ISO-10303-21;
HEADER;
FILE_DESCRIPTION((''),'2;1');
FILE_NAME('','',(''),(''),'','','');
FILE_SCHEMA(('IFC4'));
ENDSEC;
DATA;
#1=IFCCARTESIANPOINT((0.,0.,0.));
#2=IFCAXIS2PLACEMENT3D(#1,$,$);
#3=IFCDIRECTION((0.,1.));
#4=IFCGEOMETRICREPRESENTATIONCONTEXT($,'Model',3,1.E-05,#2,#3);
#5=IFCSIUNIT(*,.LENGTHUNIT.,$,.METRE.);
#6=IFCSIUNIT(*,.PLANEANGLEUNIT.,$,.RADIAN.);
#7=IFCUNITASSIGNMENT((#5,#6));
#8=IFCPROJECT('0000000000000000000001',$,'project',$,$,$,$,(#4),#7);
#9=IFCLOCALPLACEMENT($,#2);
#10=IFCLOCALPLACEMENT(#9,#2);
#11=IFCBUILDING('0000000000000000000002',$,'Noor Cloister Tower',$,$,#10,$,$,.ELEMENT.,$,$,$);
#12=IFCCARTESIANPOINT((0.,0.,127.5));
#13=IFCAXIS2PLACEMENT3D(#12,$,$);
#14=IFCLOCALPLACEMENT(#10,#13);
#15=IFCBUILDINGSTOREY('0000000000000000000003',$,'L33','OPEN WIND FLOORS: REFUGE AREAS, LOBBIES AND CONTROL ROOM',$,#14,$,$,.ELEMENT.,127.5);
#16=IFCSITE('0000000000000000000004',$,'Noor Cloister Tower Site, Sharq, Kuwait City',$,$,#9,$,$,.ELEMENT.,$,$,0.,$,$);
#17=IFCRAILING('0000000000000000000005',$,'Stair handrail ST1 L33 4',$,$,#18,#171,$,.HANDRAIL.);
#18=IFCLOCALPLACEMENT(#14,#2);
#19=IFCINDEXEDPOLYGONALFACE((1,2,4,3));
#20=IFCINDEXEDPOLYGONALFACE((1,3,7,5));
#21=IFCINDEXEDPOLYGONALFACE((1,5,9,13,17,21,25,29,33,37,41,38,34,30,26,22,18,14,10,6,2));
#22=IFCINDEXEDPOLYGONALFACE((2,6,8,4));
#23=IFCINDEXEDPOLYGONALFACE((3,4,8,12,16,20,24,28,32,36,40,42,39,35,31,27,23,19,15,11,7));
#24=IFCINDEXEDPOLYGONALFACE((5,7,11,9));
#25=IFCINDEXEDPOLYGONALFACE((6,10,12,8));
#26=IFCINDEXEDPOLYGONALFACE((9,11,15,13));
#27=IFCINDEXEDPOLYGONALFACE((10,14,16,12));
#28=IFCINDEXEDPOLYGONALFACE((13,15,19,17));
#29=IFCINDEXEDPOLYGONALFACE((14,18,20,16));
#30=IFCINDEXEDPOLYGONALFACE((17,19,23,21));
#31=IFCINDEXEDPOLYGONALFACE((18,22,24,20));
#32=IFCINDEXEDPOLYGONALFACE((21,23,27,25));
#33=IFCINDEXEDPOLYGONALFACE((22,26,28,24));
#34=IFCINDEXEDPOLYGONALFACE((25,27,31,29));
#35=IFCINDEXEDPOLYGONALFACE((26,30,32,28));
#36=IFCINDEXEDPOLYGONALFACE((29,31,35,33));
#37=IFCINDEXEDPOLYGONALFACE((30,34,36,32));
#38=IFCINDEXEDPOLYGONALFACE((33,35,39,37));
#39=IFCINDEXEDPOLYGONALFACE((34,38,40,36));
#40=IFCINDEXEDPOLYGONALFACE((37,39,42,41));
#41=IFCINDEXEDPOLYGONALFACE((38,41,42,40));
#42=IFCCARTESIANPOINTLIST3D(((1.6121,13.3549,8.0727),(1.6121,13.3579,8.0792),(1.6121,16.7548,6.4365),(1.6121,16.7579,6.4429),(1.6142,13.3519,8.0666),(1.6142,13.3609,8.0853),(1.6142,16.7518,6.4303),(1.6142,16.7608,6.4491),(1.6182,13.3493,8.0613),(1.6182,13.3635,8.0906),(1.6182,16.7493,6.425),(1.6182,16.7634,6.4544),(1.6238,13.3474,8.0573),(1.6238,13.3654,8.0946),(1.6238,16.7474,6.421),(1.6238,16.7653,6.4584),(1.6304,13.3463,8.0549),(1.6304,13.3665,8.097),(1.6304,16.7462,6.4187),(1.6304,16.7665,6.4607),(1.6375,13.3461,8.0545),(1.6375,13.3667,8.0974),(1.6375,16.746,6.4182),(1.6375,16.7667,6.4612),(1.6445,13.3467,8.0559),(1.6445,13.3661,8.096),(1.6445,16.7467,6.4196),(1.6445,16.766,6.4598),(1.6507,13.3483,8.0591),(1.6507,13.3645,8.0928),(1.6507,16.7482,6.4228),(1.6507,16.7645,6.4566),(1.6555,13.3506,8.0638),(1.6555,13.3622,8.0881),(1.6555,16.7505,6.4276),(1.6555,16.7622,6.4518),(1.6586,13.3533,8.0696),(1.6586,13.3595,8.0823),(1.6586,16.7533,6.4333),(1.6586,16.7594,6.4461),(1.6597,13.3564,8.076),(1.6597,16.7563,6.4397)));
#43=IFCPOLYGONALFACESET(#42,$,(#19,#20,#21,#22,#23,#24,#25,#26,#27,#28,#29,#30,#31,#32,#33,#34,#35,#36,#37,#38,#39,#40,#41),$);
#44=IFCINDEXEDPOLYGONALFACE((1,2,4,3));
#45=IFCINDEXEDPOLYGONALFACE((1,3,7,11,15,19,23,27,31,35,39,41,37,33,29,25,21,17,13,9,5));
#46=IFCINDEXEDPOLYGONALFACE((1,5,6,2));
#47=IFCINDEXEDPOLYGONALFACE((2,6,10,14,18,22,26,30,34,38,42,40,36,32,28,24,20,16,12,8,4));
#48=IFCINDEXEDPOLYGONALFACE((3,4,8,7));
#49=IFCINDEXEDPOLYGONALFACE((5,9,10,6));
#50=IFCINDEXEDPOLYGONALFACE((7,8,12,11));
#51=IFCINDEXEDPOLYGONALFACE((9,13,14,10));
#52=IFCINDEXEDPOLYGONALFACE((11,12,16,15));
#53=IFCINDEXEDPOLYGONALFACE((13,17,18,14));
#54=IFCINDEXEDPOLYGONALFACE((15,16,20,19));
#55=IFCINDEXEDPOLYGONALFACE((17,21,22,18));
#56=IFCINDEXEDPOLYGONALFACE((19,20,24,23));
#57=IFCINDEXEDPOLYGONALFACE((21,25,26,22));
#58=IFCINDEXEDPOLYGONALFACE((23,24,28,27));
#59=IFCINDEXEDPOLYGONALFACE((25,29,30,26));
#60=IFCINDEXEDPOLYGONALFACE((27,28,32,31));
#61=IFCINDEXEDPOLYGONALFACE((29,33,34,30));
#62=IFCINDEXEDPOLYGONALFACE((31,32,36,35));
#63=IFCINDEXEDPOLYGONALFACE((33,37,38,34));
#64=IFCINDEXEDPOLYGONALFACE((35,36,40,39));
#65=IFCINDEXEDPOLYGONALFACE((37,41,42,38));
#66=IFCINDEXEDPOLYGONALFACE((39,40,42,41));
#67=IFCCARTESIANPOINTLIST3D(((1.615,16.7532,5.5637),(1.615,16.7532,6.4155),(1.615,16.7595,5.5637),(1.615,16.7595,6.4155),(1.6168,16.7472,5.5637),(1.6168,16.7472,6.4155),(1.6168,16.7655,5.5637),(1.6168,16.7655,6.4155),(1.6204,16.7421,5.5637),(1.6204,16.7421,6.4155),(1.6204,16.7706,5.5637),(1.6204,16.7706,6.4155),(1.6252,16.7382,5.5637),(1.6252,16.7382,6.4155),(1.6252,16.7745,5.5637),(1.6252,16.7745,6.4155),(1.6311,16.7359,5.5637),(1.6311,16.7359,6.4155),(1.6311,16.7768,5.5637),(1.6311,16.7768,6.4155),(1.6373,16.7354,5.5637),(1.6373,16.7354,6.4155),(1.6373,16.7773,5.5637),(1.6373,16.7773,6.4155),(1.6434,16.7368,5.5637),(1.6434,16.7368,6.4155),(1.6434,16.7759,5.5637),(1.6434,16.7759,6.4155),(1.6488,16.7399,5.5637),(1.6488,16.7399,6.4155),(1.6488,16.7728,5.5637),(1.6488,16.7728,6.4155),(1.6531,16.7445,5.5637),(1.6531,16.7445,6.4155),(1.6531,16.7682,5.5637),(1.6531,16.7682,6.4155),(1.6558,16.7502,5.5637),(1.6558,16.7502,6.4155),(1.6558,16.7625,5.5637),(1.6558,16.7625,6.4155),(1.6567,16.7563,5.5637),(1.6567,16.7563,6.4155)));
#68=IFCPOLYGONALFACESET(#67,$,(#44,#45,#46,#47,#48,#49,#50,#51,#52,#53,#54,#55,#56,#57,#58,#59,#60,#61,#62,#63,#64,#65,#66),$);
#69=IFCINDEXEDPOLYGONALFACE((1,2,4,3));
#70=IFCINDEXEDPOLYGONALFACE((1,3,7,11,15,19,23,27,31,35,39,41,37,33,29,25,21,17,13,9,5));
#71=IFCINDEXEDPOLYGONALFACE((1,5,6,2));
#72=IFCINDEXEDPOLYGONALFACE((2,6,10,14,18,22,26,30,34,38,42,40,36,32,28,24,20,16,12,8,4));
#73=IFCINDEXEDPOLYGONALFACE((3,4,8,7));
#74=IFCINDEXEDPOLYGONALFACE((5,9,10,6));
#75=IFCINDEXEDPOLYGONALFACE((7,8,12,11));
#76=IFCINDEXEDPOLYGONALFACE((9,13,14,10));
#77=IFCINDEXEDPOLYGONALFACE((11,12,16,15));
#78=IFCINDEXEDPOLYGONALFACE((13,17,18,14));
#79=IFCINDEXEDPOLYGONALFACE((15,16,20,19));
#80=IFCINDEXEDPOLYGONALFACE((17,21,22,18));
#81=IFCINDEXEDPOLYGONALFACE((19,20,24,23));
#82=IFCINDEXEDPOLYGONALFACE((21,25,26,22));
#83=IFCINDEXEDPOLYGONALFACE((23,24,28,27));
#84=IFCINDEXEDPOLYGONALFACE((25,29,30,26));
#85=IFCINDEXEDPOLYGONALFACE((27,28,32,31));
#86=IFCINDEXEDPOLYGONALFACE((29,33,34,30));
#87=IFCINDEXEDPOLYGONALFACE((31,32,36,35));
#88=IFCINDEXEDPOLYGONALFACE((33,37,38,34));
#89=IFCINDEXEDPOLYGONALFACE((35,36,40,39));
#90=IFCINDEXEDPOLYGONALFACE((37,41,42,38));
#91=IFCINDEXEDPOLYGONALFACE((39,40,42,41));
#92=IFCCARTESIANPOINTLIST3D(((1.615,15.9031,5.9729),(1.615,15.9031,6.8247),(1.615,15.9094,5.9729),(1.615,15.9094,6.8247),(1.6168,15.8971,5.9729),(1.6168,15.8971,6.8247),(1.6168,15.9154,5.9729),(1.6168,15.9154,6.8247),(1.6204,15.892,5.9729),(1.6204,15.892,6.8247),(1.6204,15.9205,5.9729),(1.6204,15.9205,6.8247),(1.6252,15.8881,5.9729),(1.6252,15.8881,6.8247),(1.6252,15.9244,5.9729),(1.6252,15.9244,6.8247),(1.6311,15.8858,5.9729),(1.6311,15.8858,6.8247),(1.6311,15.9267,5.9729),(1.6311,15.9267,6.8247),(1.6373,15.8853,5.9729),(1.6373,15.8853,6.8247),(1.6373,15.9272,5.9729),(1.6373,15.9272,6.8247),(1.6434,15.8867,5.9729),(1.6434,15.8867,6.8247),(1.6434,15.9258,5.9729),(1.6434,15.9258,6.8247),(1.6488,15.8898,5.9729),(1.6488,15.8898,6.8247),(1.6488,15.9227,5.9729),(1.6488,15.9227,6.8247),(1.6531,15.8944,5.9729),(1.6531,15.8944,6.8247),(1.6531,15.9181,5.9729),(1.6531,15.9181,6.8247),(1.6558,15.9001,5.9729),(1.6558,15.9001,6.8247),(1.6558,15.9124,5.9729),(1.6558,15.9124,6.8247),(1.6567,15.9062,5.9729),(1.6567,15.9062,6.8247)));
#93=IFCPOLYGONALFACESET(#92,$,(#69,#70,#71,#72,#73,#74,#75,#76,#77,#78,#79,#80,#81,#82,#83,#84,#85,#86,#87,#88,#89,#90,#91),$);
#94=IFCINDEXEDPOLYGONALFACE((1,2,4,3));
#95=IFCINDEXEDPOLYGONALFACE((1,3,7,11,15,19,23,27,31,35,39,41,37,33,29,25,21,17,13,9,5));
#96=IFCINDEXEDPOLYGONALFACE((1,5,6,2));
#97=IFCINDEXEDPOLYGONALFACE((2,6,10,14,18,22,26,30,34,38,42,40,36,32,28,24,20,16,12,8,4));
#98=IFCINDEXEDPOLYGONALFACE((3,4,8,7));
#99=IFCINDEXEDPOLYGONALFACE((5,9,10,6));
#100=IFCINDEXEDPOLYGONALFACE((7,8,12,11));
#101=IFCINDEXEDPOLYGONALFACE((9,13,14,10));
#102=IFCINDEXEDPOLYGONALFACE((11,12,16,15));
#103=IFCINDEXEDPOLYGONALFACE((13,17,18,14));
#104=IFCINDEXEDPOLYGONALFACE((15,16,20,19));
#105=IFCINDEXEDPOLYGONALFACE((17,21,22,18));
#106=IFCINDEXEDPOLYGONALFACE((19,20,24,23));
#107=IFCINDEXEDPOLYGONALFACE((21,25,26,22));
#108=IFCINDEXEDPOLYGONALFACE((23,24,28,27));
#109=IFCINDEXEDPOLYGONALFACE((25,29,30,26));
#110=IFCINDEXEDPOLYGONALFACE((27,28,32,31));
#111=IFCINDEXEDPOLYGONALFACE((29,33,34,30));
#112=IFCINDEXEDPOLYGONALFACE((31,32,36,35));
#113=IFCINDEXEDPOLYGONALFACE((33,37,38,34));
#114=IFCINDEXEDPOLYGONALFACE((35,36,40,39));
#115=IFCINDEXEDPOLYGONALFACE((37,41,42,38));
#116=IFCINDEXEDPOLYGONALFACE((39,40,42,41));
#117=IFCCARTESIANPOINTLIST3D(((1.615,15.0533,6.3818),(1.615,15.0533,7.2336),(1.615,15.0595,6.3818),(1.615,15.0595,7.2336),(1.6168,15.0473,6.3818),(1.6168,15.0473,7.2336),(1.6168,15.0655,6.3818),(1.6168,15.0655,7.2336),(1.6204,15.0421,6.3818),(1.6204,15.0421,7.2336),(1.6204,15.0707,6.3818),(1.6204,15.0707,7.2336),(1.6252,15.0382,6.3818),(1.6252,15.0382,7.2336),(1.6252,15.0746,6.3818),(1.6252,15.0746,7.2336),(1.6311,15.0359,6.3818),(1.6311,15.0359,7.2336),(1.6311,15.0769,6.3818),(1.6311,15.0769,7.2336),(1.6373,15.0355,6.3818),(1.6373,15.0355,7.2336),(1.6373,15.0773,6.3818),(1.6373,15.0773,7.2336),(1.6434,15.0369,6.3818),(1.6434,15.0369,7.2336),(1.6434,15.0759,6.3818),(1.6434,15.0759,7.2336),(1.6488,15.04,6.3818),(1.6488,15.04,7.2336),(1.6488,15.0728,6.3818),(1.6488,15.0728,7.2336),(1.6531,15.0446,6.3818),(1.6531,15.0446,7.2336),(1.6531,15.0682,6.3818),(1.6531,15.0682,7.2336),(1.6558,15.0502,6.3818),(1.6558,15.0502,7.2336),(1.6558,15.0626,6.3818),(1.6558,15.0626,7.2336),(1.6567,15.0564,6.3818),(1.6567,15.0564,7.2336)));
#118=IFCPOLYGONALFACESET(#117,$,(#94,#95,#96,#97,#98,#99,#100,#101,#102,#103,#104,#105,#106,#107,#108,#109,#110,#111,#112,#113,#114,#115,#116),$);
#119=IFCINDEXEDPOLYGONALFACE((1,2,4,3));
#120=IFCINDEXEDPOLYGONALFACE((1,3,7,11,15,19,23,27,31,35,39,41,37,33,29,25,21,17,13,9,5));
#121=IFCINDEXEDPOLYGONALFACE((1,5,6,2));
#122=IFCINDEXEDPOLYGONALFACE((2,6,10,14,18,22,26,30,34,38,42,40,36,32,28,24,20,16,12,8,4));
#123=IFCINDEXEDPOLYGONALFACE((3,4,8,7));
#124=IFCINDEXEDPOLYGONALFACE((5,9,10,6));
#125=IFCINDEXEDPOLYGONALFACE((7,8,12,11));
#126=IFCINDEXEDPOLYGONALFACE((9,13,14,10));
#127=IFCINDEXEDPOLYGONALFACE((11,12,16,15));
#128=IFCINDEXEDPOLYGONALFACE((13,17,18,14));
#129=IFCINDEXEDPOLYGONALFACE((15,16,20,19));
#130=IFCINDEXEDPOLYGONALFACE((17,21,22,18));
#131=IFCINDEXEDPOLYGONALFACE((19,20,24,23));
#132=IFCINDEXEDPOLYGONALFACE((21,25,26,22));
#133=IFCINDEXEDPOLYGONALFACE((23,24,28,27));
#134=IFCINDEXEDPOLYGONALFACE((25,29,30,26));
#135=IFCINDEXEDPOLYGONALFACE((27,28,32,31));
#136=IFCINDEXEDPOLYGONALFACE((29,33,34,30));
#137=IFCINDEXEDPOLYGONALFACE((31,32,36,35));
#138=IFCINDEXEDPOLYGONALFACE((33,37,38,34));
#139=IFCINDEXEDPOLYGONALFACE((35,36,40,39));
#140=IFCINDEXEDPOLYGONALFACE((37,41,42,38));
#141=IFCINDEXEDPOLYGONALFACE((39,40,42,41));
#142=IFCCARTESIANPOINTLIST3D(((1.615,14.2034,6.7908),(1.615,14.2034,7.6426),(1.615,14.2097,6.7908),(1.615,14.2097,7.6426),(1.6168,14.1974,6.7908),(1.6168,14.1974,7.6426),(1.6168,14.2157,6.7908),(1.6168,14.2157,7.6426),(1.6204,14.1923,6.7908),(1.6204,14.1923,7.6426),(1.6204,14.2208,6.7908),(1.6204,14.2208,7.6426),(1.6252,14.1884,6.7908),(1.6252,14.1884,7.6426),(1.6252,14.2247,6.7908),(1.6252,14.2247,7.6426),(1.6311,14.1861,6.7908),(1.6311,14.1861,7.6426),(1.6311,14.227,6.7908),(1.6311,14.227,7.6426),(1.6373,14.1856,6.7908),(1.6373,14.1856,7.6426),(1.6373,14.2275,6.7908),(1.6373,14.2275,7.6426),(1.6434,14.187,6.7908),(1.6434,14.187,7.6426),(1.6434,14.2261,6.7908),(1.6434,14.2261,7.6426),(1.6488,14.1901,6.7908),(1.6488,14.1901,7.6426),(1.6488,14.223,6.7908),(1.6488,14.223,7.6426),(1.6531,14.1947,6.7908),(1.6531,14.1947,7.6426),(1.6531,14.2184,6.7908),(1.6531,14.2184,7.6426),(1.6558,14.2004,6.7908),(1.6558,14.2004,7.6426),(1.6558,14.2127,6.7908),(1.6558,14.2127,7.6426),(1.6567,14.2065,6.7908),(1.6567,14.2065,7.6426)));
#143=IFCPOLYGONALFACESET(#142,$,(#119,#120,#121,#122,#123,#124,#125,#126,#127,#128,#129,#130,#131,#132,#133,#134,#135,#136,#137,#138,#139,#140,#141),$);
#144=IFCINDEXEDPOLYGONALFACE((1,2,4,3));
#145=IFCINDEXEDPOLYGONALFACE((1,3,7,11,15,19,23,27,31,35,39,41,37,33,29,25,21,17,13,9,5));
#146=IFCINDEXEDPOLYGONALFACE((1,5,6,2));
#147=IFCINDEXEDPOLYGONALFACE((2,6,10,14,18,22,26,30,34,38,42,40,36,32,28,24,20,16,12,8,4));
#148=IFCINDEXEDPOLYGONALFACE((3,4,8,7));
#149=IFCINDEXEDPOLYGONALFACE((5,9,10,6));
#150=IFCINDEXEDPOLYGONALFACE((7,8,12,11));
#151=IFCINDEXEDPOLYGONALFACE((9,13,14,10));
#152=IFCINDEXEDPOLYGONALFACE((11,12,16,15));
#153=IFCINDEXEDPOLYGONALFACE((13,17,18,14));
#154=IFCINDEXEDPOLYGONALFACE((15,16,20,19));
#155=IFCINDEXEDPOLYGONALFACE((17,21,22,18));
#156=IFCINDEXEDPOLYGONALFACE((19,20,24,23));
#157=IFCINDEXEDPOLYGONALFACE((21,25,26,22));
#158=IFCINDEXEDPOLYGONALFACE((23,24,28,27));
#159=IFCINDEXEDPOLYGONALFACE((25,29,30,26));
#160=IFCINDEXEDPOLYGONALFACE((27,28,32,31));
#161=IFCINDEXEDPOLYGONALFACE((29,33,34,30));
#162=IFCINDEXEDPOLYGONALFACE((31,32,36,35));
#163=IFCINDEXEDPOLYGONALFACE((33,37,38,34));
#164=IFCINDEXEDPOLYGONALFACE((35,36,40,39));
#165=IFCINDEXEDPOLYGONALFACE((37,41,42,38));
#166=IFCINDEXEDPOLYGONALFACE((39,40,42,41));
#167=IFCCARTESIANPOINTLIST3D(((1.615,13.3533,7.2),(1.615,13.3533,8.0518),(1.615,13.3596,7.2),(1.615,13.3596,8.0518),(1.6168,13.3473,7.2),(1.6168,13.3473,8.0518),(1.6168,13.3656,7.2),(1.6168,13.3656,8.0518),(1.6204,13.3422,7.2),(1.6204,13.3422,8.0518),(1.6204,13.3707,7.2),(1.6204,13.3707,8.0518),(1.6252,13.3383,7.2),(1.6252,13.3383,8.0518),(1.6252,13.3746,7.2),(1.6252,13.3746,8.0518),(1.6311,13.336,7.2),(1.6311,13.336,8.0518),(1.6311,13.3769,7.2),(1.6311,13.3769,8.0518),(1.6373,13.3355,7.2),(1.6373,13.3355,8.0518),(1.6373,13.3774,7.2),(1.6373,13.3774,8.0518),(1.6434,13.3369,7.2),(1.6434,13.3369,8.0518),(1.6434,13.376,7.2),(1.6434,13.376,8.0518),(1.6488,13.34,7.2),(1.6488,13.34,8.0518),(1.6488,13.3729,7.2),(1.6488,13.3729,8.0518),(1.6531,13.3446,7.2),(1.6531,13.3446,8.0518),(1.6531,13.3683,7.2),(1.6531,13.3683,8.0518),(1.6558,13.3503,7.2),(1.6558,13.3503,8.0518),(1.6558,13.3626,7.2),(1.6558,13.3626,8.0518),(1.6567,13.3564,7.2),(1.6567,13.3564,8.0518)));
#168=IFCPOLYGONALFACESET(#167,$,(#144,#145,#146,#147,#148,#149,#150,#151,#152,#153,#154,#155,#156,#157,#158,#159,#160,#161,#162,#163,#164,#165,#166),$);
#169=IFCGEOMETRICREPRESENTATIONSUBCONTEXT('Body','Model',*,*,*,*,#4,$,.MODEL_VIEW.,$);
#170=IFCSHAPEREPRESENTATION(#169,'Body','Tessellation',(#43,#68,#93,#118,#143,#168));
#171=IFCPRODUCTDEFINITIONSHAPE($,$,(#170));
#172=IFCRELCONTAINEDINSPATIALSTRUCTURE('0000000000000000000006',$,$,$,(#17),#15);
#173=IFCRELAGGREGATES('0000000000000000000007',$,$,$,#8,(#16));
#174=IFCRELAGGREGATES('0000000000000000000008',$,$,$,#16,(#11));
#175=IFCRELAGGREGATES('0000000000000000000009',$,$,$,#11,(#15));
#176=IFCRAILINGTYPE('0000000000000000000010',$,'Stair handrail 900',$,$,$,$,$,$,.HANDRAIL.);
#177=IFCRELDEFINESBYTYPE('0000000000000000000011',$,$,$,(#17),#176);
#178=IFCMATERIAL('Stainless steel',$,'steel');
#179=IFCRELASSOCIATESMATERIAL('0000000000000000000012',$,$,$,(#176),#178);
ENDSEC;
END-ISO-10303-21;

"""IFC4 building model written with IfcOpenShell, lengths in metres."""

from ifc_helpers import new_model, si_unit, direction, frame, origin, origin_2d, place, context, subcontext, project, spatial, circle, extrude, material, type_object, element, save


model = new_model("IFC4")

# Units and contexts
model_context = context("Model", 3, precision=1e-05, world=origin(), true_north=direction((0.0, 1.0)))
body_context = subcontext(model_context, "Body", "Model", "MODEL_VIEW")
ifc_project = project(units=[si_unit("LENGTHUNIT", "METRE"), si_unit("PLANEANGLEUNIT", "RADIAN")], contexts=[model_context])

# Site, building, storey
site_placement = place(None, origin())
site = spatial("IfcSite", under=ifc_project, at=site_placement, Name="Noor Cloister Tower Site, Sharq, Kuwait City", CompositionType="ELEMENT", RefElevation=0.0)
building_placement = place(site_placement, origin())
building = spatial("IfcBuilding", under=site, at=building_placement, Name="Noor Cloister Tower", CompositionType="ELEMENT")
storey_placement = place(building_placement, frame((0.0, 0.0, 127.5)))
storey = spatial("IfcBuildingStorey", under=building, at=storey_placement, Name="L33", Description="OPEN WIND FLOORS: REFUGE AREAS, LOBBIES AND CONTROL ROOM", CompositionType="ELEMENT", Elevation=127.5)

# Railing
ifc_material_1 = material(Name="Stainless steel", Category="steel")
railing_type_1 = type_object("IfcRailingType", Name="Stair handrail 900", PredefinedType="HANDRAIL", material=ifc_material_1)
railing_1_placement = place(storey_placement, frame((1.6357, 16.7563, 5.5637)))
element("IfcRailing", 1, at=railing_1_placement, inside=storey, type_object=railing_type_1, Name="Stair handrail ST1 L33 4", PredefinedType="HANDRAIL", context=body_context, shape_type="SweptSolid", body=[
    extrude(circle(Radius=0.0239, at=origin_2d()), frame((0.0, 0.0, 0.876), z_axis=(0.0, -0.90108, 0.433652), x_axis=(1.0, 0.0, 0.0)), (0.0, 0.0, 1.0), 3.7732),
    extrude(circle(Radius=0.021, at=origin_2d()), origin(), (0.0, 0.0, 1.0), 0.8518),
    extrude(circle(Radius=0.021, at=origin_2d()), frame((0.0, -0.8501, 0.4092)), (0.0, 0.0, 1.0), 0.8518),
    extrude(circle(Radius=0.021, at=origin_2d()), frame((0.0, -1.7, 0.8181)), (0.0, 0.0, 1.0), 0.8518),
    extrude(circle(Radius=0.021, at=origin_2d()), frame((0.0, -2.5498, 1.2271)), (0.0, 0.0, 1.0), 0.8518),
    extrude(circle(Radius=0.021, at=origin_2d()), frame((0.0, -3.3999, 1.6362)), (0.0, 0.0, 1.0), 0.8518),
])

save(model, "model.ifc")
